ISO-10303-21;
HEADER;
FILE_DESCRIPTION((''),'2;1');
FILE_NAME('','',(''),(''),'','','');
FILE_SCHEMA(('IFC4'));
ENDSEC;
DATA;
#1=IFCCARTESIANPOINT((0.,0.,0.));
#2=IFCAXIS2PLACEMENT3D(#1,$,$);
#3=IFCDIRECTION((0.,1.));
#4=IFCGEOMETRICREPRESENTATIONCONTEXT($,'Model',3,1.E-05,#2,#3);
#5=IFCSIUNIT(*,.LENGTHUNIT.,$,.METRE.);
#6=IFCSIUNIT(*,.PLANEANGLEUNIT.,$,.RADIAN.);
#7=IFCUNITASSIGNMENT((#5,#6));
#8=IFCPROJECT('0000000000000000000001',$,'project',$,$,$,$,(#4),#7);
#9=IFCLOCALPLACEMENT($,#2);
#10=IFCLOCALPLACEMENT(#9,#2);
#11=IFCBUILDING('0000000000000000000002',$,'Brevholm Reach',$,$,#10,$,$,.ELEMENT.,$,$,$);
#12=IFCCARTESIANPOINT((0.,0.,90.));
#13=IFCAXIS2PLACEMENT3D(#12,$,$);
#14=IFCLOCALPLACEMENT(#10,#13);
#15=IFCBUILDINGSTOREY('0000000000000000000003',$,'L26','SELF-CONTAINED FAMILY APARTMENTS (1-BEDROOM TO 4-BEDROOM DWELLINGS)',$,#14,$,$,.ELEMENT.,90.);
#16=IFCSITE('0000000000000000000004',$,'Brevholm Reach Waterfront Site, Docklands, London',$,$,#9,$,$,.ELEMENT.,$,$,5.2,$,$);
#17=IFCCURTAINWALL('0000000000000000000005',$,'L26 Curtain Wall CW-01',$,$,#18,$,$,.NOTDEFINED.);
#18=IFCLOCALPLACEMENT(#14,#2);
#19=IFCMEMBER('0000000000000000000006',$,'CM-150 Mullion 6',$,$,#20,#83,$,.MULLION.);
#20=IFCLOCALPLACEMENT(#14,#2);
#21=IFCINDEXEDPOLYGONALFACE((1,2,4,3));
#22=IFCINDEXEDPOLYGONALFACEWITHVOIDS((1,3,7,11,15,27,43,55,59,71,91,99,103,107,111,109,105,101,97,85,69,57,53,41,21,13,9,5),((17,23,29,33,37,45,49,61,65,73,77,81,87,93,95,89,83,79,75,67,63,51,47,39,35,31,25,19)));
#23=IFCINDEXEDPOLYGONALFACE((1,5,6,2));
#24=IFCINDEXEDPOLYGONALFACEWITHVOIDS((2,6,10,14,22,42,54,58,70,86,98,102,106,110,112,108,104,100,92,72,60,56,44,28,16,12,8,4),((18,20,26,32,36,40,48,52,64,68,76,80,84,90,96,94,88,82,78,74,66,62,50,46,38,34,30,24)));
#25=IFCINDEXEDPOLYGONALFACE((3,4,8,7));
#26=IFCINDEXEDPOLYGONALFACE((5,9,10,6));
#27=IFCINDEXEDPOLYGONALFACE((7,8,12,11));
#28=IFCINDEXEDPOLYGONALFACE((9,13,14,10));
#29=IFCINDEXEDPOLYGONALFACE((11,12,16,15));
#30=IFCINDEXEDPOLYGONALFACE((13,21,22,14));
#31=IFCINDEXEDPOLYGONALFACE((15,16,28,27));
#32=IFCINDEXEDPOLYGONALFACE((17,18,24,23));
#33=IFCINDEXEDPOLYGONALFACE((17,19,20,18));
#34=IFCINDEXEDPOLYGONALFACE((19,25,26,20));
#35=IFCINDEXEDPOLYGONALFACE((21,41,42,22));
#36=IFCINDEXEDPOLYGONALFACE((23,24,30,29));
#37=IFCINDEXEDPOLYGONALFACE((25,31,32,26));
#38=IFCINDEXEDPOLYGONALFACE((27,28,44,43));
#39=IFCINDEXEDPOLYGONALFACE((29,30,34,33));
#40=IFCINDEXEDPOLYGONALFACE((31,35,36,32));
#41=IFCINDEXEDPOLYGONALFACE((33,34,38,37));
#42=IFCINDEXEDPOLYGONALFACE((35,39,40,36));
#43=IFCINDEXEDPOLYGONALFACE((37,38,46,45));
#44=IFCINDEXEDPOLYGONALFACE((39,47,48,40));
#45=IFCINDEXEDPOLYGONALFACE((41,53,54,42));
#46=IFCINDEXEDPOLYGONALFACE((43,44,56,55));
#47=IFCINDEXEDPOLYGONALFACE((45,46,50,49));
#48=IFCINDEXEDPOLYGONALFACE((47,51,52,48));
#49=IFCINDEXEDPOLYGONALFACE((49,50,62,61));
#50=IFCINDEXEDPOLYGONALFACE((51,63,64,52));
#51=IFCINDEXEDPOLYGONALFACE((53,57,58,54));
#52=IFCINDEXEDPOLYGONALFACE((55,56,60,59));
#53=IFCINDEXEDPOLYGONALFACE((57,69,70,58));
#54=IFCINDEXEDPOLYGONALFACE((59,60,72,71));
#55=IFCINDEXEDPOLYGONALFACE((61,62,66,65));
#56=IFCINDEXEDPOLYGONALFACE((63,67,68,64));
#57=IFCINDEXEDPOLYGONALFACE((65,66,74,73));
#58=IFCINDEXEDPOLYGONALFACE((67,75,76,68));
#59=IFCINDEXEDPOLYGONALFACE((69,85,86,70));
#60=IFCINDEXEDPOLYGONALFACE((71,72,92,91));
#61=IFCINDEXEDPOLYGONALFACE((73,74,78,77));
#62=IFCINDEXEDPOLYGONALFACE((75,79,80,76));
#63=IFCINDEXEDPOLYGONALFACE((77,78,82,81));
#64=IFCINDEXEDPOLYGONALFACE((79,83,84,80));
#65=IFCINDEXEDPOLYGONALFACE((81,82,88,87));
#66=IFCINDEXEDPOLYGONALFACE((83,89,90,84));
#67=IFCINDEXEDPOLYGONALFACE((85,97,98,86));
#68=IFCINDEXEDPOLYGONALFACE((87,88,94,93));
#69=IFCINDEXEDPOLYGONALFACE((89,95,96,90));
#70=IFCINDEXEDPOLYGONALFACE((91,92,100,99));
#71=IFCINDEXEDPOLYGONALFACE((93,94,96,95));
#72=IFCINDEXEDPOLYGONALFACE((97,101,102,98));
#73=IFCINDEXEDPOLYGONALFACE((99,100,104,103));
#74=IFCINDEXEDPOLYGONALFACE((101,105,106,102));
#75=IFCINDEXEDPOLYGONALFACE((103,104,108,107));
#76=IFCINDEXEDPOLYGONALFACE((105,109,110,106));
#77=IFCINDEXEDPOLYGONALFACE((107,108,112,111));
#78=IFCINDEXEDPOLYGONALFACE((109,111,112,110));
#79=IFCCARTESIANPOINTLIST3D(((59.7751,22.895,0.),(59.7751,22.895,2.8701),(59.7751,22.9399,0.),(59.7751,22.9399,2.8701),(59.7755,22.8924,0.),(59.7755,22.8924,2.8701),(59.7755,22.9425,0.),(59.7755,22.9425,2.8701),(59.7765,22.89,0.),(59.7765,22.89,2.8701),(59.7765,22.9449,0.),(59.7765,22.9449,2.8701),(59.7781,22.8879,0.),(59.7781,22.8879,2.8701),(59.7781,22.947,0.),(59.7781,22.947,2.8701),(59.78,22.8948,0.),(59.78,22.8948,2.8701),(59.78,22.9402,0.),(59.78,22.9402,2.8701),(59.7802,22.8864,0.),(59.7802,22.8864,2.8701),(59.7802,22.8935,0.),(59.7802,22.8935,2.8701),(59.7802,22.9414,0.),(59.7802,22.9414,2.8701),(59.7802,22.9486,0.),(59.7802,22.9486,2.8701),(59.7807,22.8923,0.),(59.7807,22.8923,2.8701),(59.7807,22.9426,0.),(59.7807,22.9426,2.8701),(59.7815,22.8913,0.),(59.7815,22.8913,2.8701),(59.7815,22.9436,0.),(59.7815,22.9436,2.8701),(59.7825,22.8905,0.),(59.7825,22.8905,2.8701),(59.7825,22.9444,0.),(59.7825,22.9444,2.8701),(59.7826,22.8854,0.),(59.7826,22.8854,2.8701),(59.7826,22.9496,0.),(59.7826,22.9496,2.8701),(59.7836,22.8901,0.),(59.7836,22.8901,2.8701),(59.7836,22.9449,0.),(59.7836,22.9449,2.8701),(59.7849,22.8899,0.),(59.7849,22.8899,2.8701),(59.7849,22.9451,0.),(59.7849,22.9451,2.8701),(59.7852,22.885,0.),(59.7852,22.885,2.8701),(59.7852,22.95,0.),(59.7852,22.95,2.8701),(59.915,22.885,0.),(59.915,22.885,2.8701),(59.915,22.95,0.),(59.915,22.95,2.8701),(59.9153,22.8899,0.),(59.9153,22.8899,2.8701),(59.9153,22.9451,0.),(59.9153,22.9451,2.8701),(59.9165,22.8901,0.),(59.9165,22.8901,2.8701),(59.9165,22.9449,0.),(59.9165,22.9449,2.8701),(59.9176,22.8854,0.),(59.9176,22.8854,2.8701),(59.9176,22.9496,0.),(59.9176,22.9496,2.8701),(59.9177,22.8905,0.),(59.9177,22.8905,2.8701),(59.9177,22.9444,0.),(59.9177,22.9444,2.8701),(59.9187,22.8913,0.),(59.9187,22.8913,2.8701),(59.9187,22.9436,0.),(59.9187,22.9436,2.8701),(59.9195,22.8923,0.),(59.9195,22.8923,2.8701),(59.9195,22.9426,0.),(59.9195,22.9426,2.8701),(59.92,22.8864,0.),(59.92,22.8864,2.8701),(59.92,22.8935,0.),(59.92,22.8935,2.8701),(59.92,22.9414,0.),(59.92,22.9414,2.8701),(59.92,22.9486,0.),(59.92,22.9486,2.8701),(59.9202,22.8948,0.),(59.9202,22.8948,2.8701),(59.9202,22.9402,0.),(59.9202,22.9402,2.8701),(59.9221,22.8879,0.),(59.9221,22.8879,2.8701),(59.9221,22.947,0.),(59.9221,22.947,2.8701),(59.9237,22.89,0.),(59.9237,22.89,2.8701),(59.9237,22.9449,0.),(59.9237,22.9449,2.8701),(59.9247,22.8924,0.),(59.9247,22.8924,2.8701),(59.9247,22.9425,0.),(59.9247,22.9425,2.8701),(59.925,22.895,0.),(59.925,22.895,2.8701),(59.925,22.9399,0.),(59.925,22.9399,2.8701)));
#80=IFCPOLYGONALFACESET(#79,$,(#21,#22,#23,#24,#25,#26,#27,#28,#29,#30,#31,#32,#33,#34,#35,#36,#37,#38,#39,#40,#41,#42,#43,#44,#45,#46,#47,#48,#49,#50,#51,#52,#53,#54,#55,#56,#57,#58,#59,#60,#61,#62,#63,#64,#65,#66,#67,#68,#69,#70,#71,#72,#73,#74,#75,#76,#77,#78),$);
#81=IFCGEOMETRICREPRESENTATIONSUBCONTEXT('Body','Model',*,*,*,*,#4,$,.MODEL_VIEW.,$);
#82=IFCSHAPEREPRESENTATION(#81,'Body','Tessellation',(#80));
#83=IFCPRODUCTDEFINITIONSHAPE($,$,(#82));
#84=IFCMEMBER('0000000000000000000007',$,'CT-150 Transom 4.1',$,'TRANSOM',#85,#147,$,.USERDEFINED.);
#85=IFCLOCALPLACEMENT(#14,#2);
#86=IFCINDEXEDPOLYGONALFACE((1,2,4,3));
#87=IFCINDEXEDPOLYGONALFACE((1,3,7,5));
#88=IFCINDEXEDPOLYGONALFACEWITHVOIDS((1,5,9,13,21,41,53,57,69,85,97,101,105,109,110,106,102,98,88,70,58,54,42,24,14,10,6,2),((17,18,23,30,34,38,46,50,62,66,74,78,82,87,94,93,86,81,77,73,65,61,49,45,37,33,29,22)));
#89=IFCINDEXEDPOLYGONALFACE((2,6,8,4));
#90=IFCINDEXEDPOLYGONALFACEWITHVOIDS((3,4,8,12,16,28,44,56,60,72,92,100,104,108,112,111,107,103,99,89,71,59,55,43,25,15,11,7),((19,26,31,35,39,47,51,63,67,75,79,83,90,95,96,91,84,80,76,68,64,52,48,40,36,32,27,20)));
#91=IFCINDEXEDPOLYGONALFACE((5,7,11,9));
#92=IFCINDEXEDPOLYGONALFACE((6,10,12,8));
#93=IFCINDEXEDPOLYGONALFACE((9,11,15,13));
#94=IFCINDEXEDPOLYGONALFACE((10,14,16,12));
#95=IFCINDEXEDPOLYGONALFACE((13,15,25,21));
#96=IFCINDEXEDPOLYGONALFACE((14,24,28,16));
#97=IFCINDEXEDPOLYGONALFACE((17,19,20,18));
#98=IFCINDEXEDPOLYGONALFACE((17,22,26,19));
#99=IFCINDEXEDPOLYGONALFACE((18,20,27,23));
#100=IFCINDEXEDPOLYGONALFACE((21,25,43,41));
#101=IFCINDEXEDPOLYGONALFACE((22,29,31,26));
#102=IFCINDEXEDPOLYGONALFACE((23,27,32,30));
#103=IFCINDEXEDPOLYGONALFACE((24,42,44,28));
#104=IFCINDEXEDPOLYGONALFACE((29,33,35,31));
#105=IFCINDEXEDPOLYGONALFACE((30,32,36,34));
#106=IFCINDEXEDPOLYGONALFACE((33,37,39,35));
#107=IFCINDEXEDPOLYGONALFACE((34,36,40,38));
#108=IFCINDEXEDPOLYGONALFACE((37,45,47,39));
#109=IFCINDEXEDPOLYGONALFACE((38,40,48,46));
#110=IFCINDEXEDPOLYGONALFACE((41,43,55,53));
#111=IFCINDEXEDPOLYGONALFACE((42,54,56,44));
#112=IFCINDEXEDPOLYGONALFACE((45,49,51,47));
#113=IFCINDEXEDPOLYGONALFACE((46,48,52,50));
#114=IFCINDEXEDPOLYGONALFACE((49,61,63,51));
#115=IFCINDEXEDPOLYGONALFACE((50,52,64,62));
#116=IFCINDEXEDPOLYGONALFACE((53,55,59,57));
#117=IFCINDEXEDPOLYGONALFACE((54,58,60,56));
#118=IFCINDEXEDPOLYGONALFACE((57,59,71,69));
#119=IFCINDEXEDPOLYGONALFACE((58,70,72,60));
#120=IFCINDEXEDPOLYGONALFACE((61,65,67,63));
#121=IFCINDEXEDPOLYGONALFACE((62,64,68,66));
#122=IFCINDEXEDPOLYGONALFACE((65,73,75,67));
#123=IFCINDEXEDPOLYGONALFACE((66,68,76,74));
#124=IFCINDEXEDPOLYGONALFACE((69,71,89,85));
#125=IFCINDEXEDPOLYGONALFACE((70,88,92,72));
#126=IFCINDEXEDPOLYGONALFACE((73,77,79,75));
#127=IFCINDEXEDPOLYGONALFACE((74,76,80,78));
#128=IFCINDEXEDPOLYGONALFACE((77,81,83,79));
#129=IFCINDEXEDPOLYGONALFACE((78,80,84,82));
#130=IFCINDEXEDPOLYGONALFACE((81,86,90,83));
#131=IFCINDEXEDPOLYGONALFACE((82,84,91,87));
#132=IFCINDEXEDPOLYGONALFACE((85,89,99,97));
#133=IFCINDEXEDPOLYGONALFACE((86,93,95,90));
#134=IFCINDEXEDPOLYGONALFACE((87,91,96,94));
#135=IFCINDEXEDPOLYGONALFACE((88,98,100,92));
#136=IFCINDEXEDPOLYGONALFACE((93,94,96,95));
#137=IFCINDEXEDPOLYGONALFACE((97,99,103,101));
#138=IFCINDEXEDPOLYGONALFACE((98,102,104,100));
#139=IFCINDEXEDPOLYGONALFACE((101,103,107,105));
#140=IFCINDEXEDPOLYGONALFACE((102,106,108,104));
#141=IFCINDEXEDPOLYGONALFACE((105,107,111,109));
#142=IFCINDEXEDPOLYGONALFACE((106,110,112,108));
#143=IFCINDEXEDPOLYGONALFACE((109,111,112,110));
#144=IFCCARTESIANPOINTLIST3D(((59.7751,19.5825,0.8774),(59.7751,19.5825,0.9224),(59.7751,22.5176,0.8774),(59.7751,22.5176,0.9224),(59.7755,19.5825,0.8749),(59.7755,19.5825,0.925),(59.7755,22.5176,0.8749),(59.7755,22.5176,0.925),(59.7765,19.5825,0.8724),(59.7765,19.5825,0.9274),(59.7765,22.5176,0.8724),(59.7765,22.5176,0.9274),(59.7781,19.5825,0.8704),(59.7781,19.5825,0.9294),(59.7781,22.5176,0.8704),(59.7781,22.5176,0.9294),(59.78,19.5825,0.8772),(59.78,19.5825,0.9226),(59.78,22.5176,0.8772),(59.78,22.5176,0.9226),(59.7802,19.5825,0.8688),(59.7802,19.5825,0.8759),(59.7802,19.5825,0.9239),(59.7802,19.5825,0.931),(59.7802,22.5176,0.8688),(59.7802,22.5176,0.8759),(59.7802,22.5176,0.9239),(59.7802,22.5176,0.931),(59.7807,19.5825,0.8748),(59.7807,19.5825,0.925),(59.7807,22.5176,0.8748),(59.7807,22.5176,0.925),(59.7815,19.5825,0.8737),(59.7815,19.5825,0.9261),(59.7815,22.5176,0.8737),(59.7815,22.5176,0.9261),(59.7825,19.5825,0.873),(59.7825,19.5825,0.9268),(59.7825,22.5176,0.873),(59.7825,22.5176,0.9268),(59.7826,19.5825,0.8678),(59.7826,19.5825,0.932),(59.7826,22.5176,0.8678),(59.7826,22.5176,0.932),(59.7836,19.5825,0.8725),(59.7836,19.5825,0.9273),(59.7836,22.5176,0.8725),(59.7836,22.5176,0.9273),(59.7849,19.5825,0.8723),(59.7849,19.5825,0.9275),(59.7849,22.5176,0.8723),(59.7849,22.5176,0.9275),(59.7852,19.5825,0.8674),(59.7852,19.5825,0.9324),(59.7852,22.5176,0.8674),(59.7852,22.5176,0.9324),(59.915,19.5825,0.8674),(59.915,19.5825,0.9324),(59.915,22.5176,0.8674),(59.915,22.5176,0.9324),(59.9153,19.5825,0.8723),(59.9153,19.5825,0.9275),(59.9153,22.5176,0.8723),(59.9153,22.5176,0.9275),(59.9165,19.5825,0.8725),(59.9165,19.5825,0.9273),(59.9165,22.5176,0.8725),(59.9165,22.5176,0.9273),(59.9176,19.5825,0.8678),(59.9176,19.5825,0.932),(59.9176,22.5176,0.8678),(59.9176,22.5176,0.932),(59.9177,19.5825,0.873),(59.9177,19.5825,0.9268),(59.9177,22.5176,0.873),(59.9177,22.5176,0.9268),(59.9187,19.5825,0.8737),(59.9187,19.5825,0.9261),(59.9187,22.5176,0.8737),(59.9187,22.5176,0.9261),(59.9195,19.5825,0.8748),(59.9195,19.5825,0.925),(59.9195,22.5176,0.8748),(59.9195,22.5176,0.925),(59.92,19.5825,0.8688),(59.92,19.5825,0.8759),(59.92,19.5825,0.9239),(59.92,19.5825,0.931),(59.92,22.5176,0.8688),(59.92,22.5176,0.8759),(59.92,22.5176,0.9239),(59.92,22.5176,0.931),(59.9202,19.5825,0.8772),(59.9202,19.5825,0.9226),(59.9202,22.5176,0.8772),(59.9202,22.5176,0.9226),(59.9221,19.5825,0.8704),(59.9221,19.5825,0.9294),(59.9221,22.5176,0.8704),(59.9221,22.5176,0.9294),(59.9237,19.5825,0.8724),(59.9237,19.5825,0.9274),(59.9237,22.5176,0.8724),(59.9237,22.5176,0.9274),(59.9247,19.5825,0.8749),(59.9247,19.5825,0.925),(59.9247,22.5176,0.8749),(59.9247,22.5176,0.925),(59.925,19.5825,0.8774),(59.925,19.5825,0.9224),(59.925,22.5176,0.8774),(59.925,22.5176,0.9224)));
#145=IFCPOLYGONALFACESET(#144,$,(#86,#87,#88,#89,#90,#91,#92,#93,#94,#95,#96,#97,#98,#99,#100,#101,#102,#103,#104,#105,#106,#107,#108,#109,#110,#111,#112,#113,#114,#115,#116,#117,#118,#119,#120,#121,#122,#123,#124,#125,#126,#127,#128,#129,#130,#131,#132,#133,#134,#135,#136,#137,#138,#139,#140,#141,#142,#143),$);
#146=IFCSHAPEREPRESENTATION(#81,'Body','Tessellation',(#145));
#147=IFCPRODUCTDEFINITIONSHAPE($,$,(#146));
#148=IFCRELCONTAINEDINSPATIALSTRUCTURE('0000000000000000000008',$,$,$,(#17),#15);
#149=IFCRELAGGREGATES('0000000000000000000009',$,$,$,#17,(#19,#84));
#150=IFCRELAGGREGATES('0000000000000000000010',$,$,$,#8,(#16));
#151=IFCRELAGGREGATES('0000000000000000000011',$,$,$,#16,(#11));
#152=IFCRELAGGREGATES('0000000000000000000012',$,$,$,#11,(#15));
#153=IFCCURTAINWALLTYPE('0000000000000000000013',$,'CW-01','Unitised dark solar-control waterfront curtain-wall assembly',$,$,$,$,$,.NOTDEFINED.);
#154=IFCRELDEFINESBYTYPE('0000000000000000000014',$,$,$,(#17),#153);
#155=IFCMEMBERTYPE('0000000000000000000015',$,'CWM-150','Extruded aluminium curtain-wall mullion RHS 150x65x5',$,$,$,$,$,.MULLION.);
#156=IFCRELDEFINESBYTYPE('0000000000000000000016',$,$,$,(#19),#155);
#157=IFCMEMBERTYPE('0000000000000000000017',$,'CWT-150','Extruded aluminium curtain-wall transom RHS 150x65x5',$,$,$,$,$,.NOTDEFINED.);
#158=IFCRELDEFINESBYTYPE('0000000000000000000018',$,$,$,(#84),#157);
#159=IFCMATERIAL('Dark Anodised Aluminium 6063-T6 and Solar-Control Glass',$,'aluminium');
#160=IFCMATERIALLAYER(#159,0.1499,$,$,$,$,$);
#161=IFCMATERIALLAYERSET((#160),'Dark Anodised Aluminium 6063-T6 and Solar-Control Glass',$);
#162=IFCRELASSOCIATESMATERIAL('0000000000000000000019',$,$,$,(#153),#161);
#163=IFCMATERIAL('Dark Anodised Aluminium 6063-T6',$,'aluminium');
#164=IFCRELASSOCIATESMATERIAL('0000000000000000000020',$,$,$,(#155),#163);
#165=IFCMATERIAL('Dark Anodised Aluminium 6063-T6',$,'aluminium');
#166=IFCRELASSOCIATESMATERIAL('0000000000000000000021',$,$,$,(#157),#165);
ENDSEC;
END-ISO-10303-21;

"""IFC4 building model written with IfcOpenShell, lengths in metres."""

from ifc_helpers import new_model, si_unit, direction, frame, origin, origin_2d, place, context, subcontext, project, spatial, hollow_rectangle, extrude, material, layer, layer_set, material_profile, profile_set, type_object, element, aggregate, save


model = new_model("IFC4")

# Units and contexts
model_context = context("Model", 3, precision=1e-05, world=origin(), true_north=direction((0.0, 1.0)))
body_context = subcontext(model_context, "Body", "Model", "MODEL_VIEW")
ifc_project = project(units=[si_unit("LENGTHUNIT", "METRE"), si_unit("PLANEANGLEUNIT", "RADIAN")], contexts=[model_context])

# Site, building, storey
site_placement = place(None, origin())
site = spatial("IfcSite", under=ifc_project, at=site_placement, Name="Brevholm Reach Waterfront Site, Docklands, London", CompositionType="ELEMENT", RefElevation=5.2)
building_placement = place(site_placement, origin())
building = spatial("IfcBuilding", under=site, at=building_placement, Name="Brevholm Reach", CompositionType="ELEMENT")
storey_placement = place(building_placement, frame((0.0, 0.0, 90.0)))
storey = spatial("IfcBuildingStorey", under=building, at=storey_placement, Name="L26", Description="SELF-CONTAINED FAMILY APARTMENTS (1-BEDROOM TO 4-BEDROOM DWELLINGS)", CompositionType="ELEMENT", Elevation=90.0)

# Curtain wall, members
ifc_material_1 = material(Name="Dark Anodised Aluminium 6063-T6 and Solar-Control Glass", Category="aluminium")
ifc_layer_1 = layer(ifc_material_1, 0.1499)
ifc_layer_set_1 = layer_set([ifc_layer_1], Name="Dark Anodised Aluminium 6063-T6 and Solar-Control Glass")
curtain_wall_type = type_object("IfcCurtainWallType", Name="CW-01", Description="Unitised dark solar-control waterfront curtain-wall assembly", PredefinedType="NOTDEFINED", material=ifc_layer_set_1)
curtain_wall_placement = place(storey_placement, origin())
curtain_wall = element("IfcCurtainWall", 1, at=curtain_wall_placement, inside=storey, type_object=curtain_wall_type, Name="L26 Curtain Wall CW-01", PredefinedType="NOTDEFINED")
ifc_material_2 = material(Name="Dark Anodised Aluminium 6063-T6", Category="aluminium")
ifc_material_profile_1 = material_profile(ifc_material_2, hollow_rectangle(XDim=0.0649, YDim=0.1499, WallThickness=0.0049, InnerFilletRadius=0.0049, OuterFilletRadius=0.01, at=origin_2d()), Name="RHS 150x65x5")
ifc_profile_set_1 = profile_set([ifc_material_profile_1], Name="Dark Anodised Aluminium 6063-T6")
member_type_1 = type_object("IfcMemberType", Name="CWM-150", Description="Extruded aluminium curtain-wall mullion RHS 150x65x5", PredefinedType="MULLION", material=ifc_profile_set_1)
member_1_placement = place(storey_placement, frame((59.8501, 22.9175, 0.0), z_axis=(0.0, 0.0, 1.0), x_axis=(0.0, 1.0, 0.0)))
member_1 = element("IfcMember", 2, at=member_1_placement, type_object=member_type_1, Name="CM-150 Mullion 6", PredefinedType="MULLION", context=body_context, shape_type="SweptSolid", body=[
    extrude(hollow_rectangle(XDim=0.0649, YDim=0.1499, WallThickness=0.0049, InnerFilletRadius=0.0049, OuterFilletRadius=0.01, at=origin_2d()), origin(), (0.0, 0.0, 1.0), 2.8701),
])
ifc_material_3 = material(Name="Dark Anodised Aluminium 6063-T6", Category="aluminium")
ifc_material_profile_2 = material_profile(ifc_material_3, hollow_rectangle(XDim=0.0649, YDim=0.1499, WallThickness=0.0049, InnerFilletRadius=0.0049, OuterFilletRadius=0.01, at=origin_2d()), Name="RHS 150x65x5")
ifc_profile_set_2 = profile_set([ifc_material_profile_2], Name="Dark Anodised Aluminium 6063-T6")
member_type_2 = type_object("IfcMemberType", Name="CWT-150", Description="Extruded aluminium curtain-wall transom RHS 150x65x5", PredefinedType="NOTDEFINED", material=ifc_profile_set_2)
member_2_placement = place(storey_placement, frame((59.8501, 19.5825, 0.8999), z_axis=(0.0, 1.0, 0.0), x_axis=(0.0, 0.0, 1.0)))
member_2 = element("IfcMember", 3, at=member_2_placement, type_object=member_type_2, Name="CT-150 Transom 4.1", ObjectType="TRANSOM", PredefinedType="USERDEFINED", context=body_context, shape_type="SweptSolid", body=[
    extrude(hollow_rectangle(XDim=0.0649, YDim=0.1499, WallThickness=0.0049, InnerFilletRadius=0.0049, OuterFilletRadius=0.01, at=origin_2d()), origin(), (0.0, 0.0, 1.0), 2.9351),
])
aggregate(curtain_wall, [member_1, member_2])

save(model, "model.ifc")
